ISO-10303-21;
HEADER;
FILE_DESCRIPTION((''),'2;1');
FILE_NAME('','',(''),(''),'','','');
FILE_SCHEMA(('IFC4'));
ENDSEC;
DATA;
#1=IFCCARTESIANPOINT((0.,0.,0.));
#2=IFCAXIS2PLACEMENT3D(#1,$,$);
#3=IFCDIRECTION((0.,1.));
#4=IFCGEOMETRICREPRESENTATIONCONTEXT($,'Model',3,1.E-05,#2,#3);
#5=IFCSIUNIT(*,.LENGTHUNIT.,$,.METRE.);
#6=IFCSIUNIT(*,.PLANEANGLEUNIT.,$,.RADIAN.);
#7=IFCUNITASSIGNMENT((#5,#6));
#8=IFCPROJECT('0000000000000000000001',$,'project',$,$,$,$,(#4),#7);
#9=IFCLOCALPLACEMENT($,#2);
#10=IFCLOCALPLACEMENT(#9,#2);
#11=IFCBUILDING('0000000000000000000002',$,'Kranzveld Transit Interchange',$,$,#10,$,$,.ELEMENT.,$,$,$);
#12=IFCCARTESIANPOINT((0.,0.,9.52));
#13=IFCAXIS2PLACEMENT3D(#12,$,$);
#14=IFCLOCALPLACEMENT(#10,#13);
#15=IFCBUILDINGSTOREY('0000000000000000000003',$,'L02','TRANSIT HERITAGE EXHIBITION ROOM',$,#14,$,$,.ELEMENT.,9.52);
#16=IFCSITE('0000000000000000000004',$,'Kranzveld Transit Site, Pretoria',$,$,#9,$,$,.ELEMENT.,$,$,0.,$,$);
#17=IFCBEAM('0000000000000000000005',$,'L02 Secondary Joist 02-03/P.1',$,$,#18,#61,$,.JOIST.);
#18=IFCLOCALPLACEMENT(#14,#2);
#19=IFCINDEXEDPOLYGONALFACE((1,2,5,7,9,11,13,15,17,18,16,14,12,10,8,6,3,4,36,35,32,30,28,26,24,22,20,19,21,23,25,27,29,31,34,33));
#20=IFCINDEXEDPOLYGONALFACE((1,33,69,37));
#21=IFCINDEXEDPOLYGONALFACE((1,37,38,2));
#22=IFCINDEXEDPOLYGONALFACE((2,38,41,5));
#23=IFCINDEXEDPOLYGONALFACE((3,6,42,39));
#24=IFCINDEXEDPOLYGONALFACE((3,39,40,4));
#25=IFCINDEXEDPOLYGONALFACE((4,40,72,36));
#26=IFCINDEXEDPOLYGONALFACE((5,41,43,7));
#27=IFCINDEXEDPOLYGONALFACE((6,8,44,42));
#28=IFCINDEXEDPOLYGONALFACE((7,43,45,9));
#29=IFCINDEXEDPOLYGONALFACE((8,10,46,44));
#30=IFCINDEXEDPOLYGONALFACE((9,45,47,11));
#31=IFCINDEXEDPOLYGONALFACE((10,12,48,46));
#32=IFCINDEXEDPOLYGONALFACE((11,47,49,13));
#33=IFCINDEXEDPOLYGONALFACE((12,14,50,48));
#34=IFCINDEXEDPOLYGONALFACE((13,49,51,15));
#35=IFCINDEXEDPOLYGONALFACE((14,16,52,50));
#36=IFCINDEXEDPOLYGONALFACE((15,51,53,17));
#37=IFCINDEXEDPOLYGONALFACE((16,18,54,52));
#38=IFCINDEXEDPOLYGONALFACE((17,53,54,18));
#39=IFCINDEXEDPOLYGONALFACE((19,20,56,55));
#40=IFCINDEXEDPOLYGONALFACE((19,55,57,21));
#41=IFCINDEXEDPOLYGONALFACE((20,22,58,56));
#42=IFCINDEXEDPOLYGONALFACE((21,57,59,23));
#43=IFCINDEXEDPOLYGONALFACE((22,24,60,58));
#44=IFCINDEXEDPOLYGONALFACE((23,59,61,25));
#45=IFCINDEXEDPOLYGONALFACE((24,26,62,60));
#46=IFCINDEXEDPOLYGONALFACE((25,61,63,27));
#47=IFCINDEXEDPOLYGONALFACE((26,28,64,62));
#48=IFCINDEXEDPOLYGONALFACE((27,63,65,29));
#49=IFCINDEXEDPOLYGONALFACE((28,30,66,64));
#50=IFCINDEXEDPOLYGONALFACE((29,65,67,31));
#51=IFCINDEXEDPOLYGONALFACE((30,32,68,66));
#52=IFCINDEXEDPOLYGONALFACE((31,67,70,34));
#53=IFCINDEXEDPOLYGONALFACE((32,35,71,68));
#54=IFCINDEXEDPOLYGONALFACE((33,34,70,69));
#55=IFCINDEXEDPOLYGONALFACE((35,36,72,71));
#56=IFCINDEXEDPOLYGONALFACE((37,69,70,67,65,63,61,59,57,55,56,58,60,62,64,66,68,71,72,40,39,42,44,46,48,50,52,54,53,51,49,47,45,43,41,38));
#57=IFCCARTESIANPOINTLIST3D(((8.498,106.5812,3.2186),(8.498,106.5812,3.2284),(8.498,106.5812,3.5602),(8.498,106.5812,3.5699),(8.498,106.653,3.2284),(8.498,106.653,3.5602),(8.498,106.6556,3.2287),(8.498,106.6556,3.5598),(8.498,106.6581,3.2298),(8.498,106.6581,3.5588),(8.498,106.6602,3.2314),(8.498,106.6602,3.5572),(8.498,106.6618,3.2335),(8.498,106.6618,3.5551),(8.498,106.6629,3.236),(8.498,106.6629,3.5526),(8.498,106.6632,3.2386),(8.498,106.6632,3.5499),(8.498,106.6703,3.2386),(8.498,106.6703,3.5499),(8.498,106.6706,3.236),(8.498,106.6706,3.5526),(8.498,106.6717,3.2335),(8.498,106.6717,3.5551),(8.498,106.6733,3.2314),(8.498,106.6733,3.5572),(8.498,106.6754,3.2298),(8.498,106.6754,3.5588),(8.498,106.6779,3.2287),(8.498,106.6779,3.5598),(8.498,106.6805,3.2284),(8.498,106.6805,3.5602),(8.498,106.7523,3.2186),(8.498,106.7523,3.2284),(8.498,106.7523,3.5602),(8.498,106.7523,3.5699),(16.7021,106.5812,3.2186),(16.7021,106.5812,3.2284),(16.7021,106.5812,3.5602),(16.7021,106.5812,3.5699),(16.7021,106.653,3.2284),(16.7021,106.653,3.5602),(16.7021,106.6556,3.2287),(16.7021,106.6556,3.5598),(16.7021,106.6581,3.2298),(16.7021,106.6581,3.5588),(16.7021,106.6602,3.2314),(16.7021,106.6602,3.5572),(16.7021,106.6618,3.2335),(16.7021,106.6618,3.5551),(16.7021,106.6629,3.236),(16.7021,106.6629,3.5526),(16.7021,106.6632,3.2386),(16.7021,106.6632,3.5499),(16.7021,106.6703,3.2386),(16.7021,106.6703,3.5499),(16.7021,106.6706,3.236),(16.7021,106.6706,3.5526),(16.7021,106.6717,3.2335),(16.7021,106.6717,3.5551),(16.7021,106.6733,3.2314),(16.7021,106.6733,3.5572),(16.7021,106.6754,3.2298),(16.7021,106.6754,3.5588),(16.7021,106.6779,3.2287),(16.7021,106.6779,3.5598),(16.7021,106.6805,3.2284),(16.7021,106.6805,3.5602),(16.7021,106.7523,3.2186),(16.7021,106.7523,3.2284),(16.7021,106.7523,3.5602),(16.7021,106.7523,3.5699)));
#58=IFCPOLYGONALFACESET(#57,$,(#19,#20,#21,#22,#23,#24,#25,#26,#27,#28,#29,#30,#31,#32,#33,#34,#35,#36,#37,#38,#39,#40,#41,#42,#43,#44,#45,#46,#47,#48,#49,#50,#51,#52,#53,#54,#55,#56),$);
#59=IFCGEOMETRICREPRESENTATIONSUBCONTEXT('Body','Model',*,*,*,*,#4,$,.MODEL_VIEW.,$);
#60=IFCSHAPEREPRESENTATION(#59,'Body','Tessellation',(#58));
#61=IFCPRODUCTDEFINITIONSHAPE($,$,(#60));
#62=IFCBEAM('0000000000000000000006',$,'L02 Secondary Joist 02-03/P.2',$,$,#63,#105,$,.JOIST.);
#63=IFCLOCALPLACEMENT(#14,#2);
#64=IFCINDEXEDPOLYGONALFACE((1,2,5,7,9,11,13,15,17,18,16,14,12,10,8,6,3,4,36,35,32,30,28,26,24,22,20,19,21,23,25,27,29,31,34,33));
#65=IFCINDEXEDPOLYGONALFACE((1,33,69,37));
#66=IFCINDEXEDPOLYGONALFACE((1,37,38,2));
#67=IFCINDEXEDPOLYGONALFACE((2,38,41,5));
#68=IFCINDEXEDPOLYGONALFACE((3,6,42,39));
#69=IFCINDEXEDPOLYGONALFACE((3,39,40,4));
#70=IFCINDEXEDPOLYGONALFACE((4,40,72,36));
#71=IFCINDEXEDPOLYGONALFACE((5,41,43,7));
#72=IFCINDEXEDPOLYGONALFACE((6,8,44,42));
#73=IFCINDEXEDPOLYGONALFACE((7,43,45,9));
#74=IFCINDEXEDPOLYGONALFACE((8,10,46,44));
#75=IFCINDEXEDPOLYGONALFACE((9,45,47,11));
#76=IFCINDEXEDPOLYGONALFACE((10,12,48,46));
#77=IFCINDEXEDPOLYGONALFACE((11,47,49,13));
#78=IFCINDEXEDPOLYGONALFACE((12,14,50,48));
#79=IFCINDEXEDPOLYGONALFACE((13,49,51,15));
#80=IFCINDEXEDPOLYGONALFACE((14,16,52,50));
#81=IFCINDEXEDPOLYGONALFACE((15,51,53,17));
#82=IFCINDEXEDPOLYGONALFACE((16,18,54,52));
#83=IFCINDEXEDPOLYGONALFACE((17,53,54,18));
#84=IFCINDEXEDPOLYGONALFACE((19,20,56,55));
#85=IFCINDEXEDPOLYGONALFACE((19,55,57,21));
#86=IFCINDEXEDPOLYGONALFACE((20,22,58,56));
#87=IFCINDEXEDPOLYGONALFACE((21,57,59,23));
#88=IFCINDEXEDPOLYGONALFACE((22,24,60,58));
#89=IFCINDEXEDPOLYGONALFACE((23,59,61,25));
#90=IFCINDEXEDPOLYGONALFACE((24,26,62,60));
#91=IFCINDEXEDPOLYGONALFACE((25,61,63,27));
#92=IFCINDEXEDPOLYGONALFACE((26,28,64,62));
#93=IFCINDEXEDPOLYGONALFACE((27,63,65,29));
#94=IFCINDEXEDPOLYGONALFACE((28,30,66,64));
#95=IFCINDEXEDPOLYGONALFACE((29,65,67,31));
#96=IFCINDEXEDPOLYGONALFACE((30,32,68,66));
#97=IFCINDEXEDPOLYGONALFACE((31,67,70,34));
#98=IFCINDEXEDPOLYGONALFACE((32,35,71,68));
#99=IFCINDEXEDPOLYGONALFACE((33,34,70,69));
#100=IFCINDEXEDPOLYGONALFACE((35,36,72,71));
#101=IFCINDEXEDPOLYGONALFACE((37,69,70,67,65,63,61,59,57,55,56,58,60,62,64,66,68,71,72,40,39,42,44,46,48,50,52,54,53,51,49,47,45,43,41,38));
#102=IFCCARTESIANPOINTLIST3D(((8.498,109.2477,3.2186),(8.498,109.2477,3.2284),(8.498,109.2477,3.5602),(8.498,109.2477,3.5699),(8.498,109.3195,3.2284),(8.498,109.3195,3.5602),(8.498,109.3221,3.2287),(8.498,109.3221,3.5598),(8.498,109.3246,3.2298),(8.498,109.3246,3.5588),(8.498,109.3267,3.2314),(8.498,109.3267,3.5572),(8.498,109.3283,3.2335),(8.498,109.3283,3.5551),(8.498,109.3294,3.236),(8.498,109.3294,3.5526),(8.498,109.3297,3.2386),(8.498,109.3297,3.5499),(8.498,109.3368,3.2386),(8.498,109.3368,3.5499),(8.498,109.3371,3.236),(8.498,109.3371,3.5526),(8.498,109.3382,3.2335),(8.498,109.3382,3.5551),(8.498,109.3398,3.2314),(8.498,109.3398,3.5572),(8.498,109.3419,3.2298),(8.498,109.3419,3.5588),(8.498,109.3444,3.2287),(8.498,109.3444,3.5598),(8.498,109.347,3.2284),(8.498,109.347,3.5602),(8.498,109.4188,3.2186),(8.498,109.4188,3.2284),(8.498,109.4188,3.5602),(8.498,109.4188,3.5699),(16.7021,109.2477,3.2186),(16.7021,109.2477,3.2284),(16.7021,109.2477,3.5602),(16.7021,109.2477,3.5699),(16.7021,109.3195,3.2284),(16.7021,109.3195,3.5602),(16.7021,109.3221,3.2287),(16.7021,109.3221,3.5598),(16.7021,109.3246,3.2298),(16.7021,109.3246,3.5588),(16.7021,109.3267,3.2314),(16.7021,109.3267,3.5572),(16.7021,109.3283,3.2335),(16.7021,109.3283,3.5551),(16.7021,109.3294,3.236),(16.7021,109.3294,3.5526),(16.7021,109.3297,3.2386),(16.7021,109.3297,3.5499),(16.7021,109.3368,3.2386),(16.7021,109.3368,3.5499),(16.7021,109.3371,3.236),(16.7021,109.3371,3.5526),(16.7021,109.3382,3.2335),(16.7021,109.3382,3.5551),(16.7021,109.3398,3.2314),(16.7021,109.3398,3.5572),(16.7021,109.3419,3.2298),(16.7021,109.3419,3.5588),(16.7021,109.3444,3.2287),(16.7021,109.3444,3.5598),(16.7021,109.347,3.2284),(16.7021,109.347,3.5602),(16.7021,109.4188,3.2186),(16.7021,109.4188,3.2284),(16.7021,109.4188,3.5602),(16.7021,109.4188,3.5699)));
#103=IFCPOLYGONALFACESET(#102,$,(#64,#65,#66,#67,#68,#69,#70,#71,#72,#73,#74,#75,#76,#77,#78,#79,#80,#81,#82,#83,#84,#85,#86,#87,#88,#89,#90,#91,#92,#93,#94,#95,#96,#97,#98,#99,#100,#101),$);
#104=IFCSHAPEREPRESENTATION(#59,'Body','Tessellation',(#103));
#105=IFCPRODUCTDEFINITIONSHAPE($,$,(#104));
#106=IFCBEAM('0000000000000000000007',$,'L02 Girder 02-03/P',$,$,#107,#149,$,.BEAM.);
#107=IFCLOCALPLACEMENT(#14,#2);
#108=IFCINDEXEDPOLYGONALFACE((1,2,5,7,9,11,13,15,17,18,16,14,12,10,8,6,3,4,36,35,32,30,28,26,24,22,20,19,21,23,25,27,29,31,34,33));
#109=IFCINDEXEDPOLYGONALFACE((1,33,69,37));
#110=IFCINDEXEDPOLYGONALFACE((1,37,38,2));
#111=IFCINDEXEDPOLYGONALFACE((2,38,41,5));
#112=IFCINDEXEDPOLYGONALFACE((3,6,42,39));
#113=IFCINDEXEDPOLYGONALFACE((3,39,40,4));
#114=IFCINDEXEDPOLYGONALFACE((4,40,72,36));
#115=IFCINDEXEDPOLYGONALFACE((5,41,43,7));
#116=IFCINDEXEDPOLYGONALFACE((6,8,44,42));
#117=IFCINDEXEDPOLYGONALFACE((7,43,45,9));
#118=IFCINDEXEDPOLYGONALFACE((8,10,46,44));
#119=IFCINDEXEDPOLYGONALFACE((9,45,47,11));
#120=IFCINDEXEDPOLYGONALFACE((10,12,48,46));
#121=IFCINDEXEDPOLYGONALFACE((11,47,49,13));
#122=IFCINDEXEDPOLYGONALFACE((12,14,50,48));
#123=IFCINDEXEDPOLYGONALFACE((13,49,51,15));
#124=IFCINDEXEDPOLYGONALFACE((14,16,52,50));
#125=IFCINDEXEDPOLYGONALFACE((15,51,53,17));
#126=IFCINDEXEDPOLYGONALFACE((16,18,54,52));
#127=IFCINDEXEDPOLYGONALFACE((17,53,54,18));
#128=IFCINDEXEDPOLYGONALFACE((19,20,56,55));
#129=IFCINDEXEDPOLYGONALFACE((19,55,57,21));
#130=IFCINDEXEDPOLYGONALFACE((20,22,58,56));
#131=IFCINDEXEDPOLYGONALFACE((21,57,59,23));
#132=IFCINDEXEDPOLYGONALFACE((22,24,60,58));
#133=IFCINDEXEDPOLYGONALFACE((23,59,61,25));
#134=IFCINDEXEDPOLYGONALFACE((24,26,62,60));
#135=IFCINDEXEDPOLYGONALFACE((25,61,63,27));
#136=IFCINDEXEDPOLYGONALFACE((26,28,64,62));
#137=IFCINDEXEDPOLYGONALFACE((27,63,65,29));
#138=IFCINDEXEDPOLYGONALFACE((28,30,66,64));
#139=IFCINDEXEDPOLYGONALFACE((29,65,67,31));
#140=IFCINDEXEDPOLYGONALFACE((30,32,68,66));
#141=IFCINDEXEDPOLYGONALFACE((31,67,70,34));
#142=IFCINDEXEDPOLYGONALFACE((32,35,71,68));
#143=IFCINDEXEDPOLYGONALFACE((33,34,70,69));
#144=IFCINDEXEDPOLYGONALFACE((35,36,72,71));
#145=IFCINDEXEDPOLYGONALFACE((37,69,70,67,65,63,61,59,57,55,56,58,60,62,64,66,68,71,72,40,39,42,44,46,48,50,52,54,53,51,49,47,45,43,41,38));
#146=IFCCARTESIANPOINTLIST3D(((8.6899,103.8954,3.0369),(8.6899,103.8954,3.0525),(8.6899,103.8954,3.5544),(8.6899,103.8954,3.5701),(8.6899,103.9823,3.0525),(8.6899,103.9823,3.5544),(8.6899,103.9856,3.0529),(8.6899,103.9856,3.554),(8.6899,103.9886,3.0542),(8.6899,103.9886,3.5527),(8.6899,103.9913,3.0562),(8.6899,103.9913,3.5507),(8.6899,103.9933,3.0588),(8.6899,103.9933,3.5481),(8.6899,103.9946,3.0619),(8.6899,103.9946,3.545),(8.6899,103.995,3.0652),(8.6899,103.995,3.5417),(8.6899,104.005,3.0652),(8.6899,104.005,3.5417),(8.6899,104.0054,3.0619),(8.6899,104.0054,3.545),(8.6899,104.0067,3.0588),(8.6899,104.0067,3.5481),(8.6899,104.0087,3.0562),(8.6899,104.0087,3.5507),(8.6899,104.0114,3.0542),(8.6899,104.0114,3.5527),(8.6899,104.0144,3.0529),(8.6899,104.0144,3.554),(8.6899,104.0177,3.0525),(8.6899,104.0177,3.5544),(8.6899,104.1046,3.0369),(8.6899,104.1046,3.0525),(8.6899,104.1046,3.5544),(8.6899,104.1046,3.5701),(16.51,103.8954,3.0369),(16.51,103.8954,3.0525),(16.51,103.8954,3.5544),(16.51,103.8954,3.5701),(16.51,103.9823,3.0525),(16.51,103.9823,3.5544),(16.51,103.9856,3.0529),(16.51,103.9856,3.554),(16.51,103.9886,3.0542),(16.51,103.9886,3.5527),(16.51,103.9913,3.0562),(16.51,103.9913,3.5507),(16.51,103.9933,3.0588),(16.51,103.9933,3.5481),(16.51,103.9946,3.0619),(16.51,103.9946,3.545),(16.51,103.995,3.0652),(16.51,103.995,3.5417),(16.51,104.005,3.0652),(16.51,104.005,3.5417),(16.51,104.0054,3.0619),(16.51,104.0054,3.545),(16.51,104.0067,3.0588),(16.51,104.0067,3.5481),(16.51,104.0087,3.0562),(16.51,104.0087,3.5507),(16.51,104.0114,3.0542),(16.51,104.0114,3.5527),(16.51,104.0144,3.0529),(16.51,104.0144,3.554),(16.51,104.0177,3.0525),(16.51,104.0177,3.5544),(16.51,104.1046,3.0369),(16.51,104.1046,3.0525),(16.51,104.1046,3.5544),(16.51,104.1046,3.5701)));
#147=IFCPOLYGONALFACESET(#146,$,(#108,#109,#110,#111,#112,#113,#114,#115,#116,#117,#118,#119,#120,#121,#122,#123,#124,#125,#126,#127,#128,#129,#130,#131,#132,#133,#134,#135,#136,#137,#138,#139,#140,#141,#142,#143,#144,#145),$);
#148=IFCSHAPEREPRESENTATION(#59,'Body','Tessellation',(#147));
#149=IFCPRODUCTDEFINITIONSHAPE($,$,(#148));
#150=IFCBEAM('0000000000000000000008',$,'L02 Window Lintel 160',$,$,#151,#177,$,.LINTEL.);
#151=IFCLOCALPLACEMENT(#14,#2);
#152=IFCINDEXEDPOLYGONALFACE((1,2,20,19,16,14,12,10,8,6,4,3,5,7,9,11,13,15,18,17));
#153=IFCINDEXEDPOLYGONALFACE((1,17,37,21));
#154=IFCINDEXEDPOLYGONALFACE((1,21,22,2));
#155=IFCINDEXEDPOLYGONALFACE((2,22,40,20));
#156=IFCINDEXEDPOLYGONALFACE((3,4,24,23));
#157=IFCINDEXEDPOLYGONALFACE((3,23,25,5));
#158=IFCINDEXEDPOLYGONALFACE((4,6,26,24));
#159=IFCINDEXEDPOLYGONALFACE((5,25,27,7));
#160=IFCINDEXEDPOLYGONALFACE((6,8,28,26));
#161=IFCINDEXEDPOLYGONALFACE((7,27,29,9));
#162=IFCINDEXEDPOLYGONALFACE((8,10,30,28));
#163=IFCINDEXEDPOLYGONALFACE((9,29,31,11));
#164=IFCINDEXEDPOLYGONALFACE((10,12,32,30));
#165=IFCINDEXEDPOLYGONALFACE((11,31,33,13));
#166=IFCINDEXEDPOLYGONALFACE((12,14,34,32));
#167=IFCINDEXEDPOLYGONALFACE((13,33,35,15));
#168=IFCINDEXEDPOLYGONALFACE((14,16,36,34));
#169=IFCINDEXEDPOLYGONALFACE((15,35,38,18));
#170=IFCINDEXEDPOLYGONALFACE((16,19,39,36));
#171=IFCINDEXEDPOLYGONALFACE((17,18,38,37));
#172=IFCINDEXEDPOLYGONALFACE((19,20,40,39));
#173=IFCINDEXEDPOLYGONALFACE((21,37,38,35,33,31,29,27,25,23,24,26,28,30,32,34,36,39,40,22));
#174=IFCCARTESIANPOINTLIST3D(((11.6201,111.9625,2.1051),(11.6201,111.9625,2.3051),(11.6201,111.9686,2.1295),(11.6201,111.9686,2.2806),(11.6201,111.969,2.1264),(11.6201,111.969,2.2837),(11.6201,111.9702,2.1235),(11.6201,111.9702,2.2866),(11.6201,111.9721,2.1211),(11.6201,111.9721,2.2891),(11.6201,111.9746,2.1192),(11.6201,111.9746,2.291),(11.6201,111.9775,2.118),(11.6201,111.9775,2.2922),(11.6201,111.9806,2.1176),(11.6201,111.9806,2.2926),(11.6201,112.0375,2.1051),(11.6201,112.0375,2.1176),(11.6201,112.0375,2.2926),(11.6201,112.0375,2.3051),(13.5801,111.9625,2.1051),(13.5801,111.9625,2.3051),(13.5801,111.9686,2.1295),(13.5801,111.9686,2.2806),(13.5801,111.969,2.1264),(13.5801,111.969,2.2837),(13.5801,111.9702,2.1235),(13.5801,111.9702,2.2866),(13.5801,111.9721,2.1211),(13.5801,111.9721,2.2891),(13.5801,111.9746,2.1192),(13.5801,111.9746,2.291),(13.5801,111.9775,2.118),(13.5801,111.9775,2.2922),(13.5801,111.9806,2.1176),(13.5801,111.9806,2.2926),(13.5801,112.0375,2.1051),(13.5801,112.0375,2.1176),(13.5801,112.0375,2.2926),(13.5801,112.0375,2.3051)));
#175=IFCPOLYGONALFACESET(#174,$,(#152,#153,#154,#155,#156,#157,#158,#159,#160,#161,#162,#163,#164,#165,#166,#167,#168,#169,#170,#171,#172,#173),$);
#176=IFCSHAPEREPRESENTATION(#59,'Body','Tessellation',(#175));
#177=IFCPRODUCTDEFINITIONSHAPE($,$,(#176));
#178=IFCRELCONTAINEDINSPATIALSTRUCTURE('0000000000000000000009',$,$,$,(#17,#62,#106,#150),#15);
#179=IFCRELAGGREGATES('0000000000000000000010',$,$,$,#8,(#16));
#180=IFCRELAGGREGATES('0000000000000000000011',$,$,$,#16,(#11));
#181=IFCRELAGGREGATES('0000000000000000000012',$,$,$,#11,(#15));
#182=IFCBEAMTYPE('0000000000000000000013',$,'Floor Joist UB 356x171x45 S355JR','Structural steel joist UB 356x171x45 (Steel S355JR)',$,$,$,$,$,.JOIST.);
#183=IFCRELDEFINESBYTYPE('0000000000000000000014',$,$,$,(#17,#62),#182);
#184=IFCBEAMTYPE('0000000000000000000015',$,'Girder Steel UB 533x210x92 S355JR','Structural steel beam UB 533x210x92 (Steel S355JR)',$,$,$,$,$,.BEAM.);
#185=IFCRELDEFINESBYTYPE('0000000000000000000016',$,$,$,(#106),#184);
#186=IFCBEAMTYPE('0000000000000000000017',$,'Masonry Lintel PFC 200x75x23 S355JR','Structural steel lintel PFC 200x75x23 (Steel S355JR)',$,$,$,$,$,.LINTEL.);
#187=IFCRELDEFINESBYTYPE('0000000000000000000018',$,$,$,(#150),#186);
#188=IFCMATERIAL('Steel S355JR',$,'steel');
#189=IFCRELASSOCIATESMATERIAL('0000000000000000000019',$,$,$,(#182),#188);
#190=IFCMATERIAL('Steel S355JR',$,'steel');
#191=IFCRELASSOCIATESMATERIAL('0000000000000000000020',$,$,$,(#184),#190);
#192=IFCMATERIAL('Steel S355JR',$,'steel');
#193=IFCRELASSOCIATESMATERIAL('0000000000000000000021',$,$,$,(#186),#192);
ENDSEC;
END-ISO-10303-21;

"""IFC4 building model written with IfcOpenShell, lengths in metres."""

from ifc_helpers import new_model, si_unit, direction, frame, origin, origin_2d, place, context, subcontext, project, spatial, i_section, u_section, extrude, material, material_profile, profile_set, type_object, element, save


model = new_model("IFC4")

# Units and contexts
model_context = context("Model", 3, precision=1e-05, world=origin(), true_north=direction((0.0, 1.0)))
body_context = subcontext(model_context, "Body", "Model", "MODEL_VIEW")
ifc_project = project(units=[si_unit("LENGTHUNIT", "METRE"), si_unit("PLANEANGLEUNIT", "RADIAN")], contexts=[model_context])

# Site, building, storey
site_placement = place(None, origin())
site = spatial("IfcSite", under=ifc_project, at=site_placement, Name="Kranzveld Transit Site, Pretoria", CompositionType="ELEMENT", RefElevation=0.0)
building_placement = place(site_placement, origin())
building = spatial("IfcBuilding", under=site, at=building_placement, Name="Kranzveld Transit Interchange", CompositionType="ELEMENT")
storey_placement = place(building_placement, frame((0.0, 0.0, 9.52)))
storey = spatial("IfcBuildingStorey", under=building, at=storey_placement, Name="L02", Description="TRANSIT HERITAGE EXHIBITION ROOM", CompositionType="ELEMENT", Elevation=9.52)

# Beams
ifc_material_1 = material(Name="Steel S355JR", Category="steel")
ifc_material_profile_1 = material_profile(ifc_material_1, i_section(OverallWidth=0.1711, OverallDepth=0.3513, WebThickness=0.0071, FlangeThickness=0.0098, FilletRadius=0.0103, at=origin_2d()), Name="UB 356x171x45")
ifc_profile_set_1 = profile_set([ifc_material_profile_1], Name="Steel S355JR")
beam_type_1 = type_object("IfcBeamType", Name="Floor Joist UB 356x171x45 S355JR", Description="Structural steel joist UB 356x171x45 (Steel S355JR)", PredefinedType="JOIST", material=ifc_profile_set_1)
for number, where, z_axis, x_axis, name in (
    (1, (8.498, 106.6667, 3.3943), (1.0, 0.0, 0.0), (0.0, 1.0, 0.0), "L02 Secondary Joist 02-03/P.1"),
    (2, (8.498, 109.3333, 3.3943), (1.0, 0.0, 0.0), (0.0, 1.0, 0.0), "L02 Secondary Joist 02-03/P.2"),
):
    element("IfcBeam", number, at=place(storey_placement, frame(where, z_axis=z_axis, x_axis=x_axis)), inside=storey, type_object=beam_type_1, Name=name, PredefinedType="JOIST", context=body_context, shape_type="SweptSolid", body=[
        extrude(i_section(OverallWidth=0.1711, OverallDepth=0.3513, WebThickness=0.0071, FlangeThickness=0.0098, FilletRadius=0.0103, at=origin_2d()), origin(), (0.0, 0.0, 1.0), 8.2041),
    ])
ifc_material_2 = material(Name="Steel S355JR", Category="steel")
ifc_material_profile_2 = material_profile(ifc_material_2, i_section(OverallWidth=0.2092, OverallDepth=0.5332, WebThickness=0.01, FlangeThickness=0.0156, FilletRadius=0.0127, at=origin_2d()), Name="UB 533x210x92")
ifc_profile_set_2 = profile_set([ifc_material_profile_2], Name="Steel S355JR")
beam_type_2 = type_object("IfcBeamType", Name="Girder Steel UB 533x210x92 S355JR", Description="Structural steel beam UB 533x210x92 (Steel S355JR)", PredefinedType="BEAM", material=ifc_profile_set_2)
beam_1_placement = place(storey_placement, frame((8.6899, 104.0, 3.3035), z_axis=(1.0, 0.0, 0.0), x_axis=(0.0, 1.0, 0.0)))
element("IfcBeam", 3, at=beam_1_placement, inside=storey, type_object=beam_type_2, Name="L02 Girder 02-03/P", PredefinedType="BEAM", context=body_context, shape_type="SweptSolid", body=[
    extrude(i_section(OverallWidth=0.2092, OverallDepth=0.5332, WebThickness=0.01, FlangeThickness=0.0156, FilletRadius=0.0127, at=origin_2d()), origin(), (0.0, 0.0, 1.0), 7.8201),
])
ifc_material_3 = material(Name="Steel S355JR", Category="steel")
ifc_material_profile_3 = material_profile(ifc_material_3, u_section(Depth=0.2, FlangeWidth=0.075, WebThickness=0.0061, FlangeThickness=0.0125, FilletRadius=0.012, at=origin_2d()), Name="PFC 200x75x23")
ifc_profile_set_3 = profile_set([ifc_material_profile_3], Name="Steel S355JR")
beam_type_3 = type_object("IfcBeamType", Name="Masonry Lintel PFC 200x75x23 S355JR", Description="Structural steel lintel PFC 200x75x23 (Steel S355JR)", PredefinedType="LINTEL", material=ifc_profile_set_3)
beam_2_placement = place(storey_placement, frame((11.6201, 112.0, 2.2051), z_axis=(1.0, 0.0, 0.0), x_axis=(0.0, 1.0, 0.0)))
element("IfcBeam", 4, at=beam_2_placement, inside=storey, type_object=beam_type_3, Name="L02 Window Lintel 160", PredefinedType="LINTEL", context=body_context, shape_type="SweptSolid", body=[
    extrude(u_section(Depth=0.2, FlangeWidth=0.075, WebThickness=0.0061, FlangeThickness=0.0125, FilletRadius=0.012, at=origin_2d()), origin(), (0.0, 0.0, 1.0), 1.96),
])

save(model, "model.ifc")
